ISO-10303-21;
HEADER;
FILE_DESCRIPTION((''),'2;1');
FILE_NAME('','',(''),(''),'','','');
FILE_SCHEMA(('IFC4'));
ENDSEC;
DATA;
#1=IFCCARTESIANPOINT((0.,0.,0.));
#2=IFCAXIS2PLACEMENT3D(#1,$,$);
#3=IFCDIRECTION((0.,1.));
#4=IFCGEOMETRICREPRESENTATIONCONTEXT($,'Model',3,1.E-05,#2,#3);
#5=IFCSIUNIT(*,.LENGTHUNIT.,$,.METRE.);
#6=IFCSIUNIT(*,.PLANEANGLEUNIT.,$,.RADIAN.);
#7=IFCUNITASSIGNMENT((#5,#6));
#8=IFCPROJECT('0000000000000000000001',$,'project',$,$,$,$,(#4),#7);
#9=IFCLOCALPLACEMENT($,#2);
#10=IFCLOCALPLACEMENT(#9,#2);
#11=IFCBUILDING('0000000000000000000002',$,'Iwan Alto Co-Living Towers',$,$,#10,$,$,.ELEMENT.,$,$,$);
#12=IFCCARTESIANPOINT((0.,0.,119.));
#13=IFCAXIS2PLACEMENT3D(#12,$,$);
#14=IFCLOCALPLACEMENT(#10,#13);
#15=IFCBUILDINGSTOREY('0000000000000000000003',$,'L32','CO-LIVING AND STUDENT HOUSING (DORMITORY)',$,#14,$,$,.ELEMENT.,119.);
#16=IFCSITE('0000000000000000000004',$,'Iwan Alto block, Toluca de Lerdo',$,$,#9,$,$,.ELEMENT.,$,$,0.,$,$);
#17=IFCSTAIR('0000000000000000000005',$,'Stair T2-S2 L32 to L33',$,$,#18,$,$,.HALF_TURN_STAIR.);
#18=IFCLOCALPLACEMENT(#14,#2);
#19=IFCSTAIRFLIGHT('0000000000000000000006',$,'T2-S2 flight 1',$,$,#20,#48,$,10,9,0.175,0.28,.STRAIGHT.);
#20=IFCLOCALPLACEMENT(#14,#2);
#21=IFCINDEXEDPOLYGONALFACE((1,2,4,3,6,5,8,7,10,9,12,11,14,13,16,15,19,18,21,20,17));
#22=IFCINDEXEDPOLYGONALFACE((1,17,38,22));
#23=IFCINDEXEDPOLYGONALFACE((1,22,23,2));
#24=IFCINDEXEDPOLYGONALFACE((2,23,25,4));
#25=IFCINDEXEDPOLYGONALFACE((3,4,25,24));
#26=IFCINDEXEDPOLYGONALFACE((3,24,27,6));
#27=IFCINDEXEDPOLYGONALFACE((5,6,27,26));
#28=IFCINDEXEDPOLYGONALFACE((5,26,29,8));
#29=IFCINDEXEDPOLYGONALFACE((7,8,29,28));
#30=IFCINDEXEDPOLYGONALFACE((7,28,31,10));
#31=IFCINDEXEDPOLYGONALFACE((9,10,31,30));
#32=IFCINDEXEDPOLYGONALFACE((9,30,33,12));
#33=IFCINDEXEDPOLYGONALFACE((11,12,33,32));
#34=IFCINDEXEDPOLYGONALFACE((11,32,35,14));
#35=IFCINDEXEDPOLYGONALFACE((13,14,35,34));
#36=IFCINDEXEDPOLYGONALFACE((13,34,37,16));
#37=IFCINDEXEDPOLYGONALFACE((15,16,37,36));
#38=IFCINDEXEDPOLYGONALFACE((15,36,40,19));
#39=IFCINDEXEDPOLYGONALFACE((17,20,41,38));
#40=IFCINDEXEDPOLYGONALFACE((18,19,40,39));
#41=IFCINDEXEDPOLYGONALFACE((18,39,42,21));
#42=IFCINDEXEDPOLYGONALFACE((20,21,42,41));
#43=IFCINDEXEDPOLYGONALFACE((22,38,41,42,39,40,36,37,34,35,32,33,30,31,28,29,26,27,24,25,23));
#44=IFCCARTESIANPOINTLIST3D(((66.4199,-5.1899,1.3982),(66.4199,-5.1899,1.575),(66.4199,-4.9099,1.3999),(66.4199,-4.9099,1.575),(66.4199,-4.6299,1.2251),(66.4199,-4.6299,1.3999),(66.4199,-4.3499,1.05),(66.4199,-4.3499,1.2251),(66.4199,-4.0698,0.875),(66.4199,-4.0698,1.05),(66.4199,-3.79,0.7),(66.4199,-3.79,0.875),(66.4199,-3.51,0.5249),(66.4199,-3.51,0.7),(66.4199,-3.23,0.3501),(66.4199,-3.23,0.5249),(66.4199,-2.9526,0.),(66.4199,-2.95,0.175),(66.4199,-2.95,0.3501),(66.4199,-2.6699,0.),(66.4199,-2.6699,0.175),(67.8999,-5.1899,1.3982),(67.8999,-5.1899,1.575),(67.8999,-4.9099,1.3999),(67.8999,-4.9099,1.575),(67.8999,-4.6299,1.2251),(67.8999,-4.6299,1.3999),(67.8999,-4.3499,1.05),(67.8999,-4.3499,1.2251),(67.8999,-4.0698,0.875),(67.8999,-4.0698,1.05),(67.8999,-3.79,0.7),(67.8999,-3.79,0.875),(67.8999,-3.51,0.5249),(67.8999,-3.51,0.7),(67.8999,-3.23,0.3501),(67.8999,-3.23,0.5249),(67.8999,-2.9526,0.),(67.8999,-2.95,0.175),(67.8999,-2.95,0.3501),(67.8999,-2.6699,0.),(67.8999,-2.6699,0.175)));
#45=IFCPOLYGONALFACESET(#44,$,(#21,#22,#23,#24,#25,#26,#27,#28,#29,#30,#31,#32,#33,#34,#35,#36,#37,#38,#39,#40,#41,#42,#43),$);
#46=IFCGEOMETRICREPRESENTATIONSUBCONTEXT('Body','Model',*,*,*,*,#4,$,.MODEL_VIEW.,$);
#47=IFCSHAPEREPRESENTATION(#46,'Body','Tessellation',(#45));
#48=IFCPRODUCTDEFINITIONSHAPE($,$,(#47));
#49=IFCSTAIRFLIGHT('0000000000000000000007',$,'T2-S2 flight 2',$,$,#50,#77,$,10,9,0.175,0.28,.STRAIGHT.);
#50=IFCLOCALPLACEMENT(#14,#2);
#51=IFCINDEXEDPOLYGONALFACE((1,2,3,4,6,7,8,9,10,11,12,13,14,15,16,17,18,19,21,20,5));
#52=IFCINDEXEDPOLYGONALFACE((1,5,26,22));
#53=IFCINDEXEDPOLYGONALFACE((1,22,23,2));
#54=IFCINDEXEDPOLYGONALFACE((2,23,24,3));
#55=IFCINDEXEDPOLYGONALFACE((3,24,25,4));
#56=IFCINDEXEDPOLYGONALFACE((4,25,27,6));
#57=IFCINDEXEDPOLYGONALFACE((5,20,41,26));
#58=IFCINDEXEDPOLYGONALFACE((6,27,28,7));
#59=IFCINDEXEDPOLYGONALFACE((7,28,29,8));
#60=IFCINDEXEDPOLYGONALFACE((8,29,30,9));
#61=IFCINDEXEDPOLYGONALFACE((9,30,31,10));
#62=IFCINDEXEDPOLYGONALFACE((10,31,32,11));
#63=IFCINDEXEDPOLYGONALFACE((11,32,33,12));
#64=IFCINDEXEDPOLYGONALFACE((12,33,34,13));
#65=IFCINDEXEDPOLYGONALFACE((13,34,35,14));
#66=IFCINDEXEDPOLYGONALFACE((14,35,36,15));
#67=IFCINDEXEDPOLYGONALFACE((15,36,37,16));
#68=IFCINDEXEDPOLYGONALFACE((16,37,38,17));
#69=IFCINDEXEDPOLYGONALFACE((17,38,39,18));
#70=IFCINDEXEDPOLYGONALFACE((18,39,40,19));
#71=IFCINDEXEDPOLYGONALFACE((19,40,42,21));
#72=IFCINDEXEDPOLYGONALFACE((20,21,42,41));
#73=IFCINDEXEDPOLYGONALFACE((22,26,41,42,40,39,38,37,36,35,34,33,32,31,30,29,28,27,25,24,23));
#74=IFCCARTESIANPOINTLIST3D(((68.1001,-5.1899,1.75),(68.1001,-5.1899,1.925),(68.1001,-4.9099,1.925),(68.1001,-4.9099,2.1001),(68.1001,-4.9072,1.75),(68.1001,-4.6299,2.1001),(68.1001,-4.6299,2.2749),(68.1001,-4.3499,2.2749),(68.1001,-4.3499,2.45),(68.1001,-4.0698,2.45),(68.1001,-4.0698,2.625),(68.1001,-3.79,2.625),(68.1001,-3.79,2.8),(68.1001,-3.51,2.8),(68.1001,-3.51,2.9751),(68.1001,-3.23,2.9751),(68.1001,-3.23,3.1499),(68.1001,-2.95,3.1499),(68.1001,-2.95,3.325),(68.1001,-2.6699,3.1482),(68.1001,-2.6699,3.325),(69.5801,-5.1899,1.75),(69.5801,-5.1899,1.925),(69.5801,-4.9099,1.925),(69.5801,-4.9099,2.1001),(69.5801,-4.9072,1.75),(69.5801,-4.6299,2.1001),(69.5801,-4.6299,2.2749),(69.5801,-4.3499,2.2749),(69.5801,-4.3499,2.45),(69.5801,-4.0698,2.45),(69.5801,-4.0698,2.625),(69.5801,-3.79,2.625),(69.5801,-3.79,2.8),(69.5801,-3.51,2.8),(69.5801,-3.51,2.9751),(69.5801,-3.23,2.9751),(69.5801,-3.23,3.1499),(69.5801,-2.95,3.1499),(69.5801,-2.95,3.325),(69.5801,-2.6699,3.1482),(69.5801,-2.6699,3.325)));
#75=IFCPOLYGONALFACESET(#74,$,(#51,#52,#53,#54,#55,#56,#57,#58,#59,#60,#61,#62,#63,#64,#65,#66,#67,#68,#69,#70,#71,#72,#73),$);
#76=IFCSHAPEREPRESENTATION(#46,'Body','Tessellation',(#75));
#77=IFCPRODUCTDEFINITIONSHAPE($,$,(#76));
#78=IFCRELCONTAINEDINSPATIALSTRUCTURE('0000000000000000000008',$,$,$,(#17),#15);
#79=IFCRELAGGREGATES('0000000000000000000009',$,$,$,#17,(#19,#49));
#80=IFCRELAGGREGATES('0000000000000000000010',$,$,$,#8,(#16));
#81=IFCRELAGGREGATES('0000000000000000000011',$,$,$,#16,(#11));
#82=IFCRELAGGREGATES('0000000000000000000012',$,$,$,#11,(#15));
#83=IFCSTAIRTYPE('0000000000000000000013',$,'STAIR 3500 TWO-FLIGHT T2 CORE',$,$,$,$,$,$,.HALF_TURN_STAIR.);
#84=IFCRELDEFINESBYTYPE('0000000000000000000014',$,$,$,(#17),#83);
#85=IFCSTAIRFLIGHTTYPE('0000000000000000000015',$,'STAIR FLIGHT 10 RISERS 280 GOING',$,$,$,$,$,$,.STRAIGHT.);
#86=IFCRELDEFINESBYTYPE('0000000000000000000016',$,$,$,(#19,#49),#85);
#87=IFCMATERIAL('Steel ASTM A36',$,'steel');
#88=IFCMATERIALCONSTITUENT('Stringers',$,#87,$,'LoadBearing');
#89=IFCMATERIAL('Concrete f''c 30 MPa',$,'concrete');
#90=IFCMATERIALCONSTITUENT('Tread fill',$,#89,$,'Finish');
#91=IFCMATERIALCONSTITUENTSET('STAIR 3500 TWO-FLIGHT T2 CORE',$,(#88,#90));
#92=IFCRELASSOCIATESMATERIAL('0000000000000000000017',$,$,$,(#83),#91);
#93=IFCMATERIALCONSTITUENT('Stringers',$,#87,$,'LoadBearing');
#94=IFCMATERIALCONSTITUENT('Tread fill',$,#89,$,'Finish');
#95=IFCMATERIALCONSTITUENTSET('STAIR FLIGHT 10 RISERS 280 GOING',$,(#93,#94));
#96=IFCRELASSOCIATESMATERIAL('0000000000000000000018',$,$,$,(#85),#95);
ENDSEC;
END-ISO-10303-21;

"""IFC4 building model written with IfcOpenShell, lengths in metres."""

from ifc_helpers import new_model, si_unit, direction, frame, origin, place, context, subcontext, project, spatial, polyline, outline, extrude, material, constituent, constituent_set, type_object, element, aggregate, save


model = new_model("IFC4")

# Units and contexts
model_context = context("Model", 3, precision=1e-05, world=origin(), true_north=direction((0.0, 1.0)))
body_context = subcontext(model_context, "Body", "Model", "MODEL_VIEW")
ifc_project = project(units=[si_unit("LENGTHUNIT", "METRE"), si_unit("PLANEANGLEUNIT", "RADIAN")], contexts=[model_context])

# Site, building, storey
site_placement = place(None, origin())
site = spatial("IfcSite", under=ifc_project, at=site_placement, Name="Iwan Alto block, Toluca de Lerdo", CompositionType="ELEMENT", RefElevation=0.0)
building_placement = place(site_placement, origin())
building = spatial("IfcBuilding", under=site, at=building_placement, Name="Iwan Alto Co-Living Towers", CompositionType="ELEMENT")
storey_placement = place(building_placement, frame((0.0, 0.0, 119.0)))
storey = spatial("IfcBuildingStorey", under=building, at=storey_placement, Name="L32", Description="CO-LIVING AND STUDENT HOUSING (DORMITORY)", CompositionType="ELEMENT", Elevation=119.0)

# Stair, stair flights
ifc_material_1 = material(Name="Steel ASTM A36", Category="steel")
ifc_constituent_1 = constituent(ifc_material_1, Name="Stringers", Category="LoadBearing")
ifc_material_2 = material(Name="Concrete f'c 30 MPa", Category="concrete")
ifc_constituent_2 = constituent(ifc_material_2, Name="Tread fill", Category="Finish")
ifc_constituent_set_1 = constituent_set(constituents=[ifc_constituent_1, ifc_constituent_2], Name="STAIR 3500 TWO-FLIGHT T2 CORE")
stair_type = type_object("IfcStairType", Name="STAIR 3500 TWO-FLIGHT T2 CORE", PredefinedType="HALF_TURN_STAIR", material=ifc_constituent_set_1)
stair_placement = place(storey_placement, origin())
stair = element("IfcStair", 1, at=stair_placement, inside=storey, type_object=stair_type, Name="Stair T2-S2 L32 to L33", PredefinedType="HALF_TURN_STAIR")
ifc_constituent_3 = constituent(ifc_material_1, Name="Stringers", Category="LoadBearing")
ifc_constituent_4 = constituent(ifc_material_2, Name="Tread fill", Category="Finish")
ifc_constituent_set_2 = constituent_set(constituents=[ifc_constituent_3, ifc_constituent_4], Name="STAIR FLIGHT 10 RISERS 280 GOING")
stair_flight_type = type_object("IfcStairFlightType", Name="STAIR FLIGHT 10 RISERS 280 GOING", PredefinedType="STRAIGHT", material=ifc_constituent_set_2)
stair_flight_1_placement = place(storey_placement, frame((67.1599, -2.6699, 0.0), z_axis=(0.0, 0.0, 1.0), x_axis=(0.0, -1.0, 0.0)))
stair_flight_1 = element("IfcStairFlight", 2, at=stair_flight_1_placement, type_object=stair_flight_type, Name="T2-S2 flight 1", NumberOfRisers=10, NumberOfTreads=9, PredefinedType="STRAIGHT", RiserHeight=0.175, TreadLength=0.28, context=body_context, shape_type="SweptSolid", body=[
    extrude(outline(polyline([(0.0, 0.0), (0.0, 0.175), (0.28, 0.175), (0.28, 0.3501), (0.5601, 0.3501), (0.5601, 0.5249), (0.8401, 0.5249), (0.8401, 0.7), (1.1201, 0.7), (1.1201, 0.875), (1.3999, 0.875), (1.3999, 1.05), (1.6799, 1.05), (1.6799, 1.2251), (1.96, 1.2251), (1.96, 1.3999), (2.24, 1.3999), (2.24, 1.575), (2.52, 1.575), (2.52, 1.75), (2.52, 1.3982), (0.2827, 0.0), (0.0, 0.0)])), frame((0.0, 0.74, 0.0), z_axis=(0.0, -1.0, 0.0), x_axis=(1.0, 0.0, 0.0)), (0.0, 0.0, 1.0), 1.48),
])
stair_flight_2_placement = place(storey_placement, frame((68.8401, -5.1899, 1.75), z_axis=(0.0, 0.0, 1.0), x_axis=(0.0, 1.0, 0.0)))
stair_flight_2 = element("IfcStairFlight", 3, at=stair_flight_2_placement, type_object=stair_flight_type, Name="T2-S2 flight 2", NumberOfRisers=10, NumberOfTreads=9, PredefinedType="STRAIGHT", RiserHeight=0.175, TreadLength=0.28, context=body_context, shape_type="SweptSolid", body=[
    extrude(outline(polyline([(0.0, 0.0), (0.0, 0.175), (0.28, 0.175), (0.28, 0.3501), (0.5601, 0.3501), (0.5601, 0.5249), (0.8401, 0.5249), (0.8401, 0.7), (1.1201, 0.7), (1.1201, 0.875), (1.3999, 0.875), (1.3999, 1.05), (1.6799, 1.05), (1.6799, 1.2251), (1.96, 1.2251), (1.96, 1.3999), (2.24, 1.3999), (2.24, 1.575), (2.52, 1.575), (2.52, 1.75), (2.52, 1.3982), (0.2827, 0.0), (0.0, 0.0)])), frame((0.0, 0.74, 0.0), z_axis=(0.0, -1.0, 0.0), x_axis=(1.0, 0.0, 0.0)), (0.0, 0.0, 1.0), 1.48),
])
aggregate(stair, [stair_flight_1, stair_flight_2])

save(model, "model.ifc")
